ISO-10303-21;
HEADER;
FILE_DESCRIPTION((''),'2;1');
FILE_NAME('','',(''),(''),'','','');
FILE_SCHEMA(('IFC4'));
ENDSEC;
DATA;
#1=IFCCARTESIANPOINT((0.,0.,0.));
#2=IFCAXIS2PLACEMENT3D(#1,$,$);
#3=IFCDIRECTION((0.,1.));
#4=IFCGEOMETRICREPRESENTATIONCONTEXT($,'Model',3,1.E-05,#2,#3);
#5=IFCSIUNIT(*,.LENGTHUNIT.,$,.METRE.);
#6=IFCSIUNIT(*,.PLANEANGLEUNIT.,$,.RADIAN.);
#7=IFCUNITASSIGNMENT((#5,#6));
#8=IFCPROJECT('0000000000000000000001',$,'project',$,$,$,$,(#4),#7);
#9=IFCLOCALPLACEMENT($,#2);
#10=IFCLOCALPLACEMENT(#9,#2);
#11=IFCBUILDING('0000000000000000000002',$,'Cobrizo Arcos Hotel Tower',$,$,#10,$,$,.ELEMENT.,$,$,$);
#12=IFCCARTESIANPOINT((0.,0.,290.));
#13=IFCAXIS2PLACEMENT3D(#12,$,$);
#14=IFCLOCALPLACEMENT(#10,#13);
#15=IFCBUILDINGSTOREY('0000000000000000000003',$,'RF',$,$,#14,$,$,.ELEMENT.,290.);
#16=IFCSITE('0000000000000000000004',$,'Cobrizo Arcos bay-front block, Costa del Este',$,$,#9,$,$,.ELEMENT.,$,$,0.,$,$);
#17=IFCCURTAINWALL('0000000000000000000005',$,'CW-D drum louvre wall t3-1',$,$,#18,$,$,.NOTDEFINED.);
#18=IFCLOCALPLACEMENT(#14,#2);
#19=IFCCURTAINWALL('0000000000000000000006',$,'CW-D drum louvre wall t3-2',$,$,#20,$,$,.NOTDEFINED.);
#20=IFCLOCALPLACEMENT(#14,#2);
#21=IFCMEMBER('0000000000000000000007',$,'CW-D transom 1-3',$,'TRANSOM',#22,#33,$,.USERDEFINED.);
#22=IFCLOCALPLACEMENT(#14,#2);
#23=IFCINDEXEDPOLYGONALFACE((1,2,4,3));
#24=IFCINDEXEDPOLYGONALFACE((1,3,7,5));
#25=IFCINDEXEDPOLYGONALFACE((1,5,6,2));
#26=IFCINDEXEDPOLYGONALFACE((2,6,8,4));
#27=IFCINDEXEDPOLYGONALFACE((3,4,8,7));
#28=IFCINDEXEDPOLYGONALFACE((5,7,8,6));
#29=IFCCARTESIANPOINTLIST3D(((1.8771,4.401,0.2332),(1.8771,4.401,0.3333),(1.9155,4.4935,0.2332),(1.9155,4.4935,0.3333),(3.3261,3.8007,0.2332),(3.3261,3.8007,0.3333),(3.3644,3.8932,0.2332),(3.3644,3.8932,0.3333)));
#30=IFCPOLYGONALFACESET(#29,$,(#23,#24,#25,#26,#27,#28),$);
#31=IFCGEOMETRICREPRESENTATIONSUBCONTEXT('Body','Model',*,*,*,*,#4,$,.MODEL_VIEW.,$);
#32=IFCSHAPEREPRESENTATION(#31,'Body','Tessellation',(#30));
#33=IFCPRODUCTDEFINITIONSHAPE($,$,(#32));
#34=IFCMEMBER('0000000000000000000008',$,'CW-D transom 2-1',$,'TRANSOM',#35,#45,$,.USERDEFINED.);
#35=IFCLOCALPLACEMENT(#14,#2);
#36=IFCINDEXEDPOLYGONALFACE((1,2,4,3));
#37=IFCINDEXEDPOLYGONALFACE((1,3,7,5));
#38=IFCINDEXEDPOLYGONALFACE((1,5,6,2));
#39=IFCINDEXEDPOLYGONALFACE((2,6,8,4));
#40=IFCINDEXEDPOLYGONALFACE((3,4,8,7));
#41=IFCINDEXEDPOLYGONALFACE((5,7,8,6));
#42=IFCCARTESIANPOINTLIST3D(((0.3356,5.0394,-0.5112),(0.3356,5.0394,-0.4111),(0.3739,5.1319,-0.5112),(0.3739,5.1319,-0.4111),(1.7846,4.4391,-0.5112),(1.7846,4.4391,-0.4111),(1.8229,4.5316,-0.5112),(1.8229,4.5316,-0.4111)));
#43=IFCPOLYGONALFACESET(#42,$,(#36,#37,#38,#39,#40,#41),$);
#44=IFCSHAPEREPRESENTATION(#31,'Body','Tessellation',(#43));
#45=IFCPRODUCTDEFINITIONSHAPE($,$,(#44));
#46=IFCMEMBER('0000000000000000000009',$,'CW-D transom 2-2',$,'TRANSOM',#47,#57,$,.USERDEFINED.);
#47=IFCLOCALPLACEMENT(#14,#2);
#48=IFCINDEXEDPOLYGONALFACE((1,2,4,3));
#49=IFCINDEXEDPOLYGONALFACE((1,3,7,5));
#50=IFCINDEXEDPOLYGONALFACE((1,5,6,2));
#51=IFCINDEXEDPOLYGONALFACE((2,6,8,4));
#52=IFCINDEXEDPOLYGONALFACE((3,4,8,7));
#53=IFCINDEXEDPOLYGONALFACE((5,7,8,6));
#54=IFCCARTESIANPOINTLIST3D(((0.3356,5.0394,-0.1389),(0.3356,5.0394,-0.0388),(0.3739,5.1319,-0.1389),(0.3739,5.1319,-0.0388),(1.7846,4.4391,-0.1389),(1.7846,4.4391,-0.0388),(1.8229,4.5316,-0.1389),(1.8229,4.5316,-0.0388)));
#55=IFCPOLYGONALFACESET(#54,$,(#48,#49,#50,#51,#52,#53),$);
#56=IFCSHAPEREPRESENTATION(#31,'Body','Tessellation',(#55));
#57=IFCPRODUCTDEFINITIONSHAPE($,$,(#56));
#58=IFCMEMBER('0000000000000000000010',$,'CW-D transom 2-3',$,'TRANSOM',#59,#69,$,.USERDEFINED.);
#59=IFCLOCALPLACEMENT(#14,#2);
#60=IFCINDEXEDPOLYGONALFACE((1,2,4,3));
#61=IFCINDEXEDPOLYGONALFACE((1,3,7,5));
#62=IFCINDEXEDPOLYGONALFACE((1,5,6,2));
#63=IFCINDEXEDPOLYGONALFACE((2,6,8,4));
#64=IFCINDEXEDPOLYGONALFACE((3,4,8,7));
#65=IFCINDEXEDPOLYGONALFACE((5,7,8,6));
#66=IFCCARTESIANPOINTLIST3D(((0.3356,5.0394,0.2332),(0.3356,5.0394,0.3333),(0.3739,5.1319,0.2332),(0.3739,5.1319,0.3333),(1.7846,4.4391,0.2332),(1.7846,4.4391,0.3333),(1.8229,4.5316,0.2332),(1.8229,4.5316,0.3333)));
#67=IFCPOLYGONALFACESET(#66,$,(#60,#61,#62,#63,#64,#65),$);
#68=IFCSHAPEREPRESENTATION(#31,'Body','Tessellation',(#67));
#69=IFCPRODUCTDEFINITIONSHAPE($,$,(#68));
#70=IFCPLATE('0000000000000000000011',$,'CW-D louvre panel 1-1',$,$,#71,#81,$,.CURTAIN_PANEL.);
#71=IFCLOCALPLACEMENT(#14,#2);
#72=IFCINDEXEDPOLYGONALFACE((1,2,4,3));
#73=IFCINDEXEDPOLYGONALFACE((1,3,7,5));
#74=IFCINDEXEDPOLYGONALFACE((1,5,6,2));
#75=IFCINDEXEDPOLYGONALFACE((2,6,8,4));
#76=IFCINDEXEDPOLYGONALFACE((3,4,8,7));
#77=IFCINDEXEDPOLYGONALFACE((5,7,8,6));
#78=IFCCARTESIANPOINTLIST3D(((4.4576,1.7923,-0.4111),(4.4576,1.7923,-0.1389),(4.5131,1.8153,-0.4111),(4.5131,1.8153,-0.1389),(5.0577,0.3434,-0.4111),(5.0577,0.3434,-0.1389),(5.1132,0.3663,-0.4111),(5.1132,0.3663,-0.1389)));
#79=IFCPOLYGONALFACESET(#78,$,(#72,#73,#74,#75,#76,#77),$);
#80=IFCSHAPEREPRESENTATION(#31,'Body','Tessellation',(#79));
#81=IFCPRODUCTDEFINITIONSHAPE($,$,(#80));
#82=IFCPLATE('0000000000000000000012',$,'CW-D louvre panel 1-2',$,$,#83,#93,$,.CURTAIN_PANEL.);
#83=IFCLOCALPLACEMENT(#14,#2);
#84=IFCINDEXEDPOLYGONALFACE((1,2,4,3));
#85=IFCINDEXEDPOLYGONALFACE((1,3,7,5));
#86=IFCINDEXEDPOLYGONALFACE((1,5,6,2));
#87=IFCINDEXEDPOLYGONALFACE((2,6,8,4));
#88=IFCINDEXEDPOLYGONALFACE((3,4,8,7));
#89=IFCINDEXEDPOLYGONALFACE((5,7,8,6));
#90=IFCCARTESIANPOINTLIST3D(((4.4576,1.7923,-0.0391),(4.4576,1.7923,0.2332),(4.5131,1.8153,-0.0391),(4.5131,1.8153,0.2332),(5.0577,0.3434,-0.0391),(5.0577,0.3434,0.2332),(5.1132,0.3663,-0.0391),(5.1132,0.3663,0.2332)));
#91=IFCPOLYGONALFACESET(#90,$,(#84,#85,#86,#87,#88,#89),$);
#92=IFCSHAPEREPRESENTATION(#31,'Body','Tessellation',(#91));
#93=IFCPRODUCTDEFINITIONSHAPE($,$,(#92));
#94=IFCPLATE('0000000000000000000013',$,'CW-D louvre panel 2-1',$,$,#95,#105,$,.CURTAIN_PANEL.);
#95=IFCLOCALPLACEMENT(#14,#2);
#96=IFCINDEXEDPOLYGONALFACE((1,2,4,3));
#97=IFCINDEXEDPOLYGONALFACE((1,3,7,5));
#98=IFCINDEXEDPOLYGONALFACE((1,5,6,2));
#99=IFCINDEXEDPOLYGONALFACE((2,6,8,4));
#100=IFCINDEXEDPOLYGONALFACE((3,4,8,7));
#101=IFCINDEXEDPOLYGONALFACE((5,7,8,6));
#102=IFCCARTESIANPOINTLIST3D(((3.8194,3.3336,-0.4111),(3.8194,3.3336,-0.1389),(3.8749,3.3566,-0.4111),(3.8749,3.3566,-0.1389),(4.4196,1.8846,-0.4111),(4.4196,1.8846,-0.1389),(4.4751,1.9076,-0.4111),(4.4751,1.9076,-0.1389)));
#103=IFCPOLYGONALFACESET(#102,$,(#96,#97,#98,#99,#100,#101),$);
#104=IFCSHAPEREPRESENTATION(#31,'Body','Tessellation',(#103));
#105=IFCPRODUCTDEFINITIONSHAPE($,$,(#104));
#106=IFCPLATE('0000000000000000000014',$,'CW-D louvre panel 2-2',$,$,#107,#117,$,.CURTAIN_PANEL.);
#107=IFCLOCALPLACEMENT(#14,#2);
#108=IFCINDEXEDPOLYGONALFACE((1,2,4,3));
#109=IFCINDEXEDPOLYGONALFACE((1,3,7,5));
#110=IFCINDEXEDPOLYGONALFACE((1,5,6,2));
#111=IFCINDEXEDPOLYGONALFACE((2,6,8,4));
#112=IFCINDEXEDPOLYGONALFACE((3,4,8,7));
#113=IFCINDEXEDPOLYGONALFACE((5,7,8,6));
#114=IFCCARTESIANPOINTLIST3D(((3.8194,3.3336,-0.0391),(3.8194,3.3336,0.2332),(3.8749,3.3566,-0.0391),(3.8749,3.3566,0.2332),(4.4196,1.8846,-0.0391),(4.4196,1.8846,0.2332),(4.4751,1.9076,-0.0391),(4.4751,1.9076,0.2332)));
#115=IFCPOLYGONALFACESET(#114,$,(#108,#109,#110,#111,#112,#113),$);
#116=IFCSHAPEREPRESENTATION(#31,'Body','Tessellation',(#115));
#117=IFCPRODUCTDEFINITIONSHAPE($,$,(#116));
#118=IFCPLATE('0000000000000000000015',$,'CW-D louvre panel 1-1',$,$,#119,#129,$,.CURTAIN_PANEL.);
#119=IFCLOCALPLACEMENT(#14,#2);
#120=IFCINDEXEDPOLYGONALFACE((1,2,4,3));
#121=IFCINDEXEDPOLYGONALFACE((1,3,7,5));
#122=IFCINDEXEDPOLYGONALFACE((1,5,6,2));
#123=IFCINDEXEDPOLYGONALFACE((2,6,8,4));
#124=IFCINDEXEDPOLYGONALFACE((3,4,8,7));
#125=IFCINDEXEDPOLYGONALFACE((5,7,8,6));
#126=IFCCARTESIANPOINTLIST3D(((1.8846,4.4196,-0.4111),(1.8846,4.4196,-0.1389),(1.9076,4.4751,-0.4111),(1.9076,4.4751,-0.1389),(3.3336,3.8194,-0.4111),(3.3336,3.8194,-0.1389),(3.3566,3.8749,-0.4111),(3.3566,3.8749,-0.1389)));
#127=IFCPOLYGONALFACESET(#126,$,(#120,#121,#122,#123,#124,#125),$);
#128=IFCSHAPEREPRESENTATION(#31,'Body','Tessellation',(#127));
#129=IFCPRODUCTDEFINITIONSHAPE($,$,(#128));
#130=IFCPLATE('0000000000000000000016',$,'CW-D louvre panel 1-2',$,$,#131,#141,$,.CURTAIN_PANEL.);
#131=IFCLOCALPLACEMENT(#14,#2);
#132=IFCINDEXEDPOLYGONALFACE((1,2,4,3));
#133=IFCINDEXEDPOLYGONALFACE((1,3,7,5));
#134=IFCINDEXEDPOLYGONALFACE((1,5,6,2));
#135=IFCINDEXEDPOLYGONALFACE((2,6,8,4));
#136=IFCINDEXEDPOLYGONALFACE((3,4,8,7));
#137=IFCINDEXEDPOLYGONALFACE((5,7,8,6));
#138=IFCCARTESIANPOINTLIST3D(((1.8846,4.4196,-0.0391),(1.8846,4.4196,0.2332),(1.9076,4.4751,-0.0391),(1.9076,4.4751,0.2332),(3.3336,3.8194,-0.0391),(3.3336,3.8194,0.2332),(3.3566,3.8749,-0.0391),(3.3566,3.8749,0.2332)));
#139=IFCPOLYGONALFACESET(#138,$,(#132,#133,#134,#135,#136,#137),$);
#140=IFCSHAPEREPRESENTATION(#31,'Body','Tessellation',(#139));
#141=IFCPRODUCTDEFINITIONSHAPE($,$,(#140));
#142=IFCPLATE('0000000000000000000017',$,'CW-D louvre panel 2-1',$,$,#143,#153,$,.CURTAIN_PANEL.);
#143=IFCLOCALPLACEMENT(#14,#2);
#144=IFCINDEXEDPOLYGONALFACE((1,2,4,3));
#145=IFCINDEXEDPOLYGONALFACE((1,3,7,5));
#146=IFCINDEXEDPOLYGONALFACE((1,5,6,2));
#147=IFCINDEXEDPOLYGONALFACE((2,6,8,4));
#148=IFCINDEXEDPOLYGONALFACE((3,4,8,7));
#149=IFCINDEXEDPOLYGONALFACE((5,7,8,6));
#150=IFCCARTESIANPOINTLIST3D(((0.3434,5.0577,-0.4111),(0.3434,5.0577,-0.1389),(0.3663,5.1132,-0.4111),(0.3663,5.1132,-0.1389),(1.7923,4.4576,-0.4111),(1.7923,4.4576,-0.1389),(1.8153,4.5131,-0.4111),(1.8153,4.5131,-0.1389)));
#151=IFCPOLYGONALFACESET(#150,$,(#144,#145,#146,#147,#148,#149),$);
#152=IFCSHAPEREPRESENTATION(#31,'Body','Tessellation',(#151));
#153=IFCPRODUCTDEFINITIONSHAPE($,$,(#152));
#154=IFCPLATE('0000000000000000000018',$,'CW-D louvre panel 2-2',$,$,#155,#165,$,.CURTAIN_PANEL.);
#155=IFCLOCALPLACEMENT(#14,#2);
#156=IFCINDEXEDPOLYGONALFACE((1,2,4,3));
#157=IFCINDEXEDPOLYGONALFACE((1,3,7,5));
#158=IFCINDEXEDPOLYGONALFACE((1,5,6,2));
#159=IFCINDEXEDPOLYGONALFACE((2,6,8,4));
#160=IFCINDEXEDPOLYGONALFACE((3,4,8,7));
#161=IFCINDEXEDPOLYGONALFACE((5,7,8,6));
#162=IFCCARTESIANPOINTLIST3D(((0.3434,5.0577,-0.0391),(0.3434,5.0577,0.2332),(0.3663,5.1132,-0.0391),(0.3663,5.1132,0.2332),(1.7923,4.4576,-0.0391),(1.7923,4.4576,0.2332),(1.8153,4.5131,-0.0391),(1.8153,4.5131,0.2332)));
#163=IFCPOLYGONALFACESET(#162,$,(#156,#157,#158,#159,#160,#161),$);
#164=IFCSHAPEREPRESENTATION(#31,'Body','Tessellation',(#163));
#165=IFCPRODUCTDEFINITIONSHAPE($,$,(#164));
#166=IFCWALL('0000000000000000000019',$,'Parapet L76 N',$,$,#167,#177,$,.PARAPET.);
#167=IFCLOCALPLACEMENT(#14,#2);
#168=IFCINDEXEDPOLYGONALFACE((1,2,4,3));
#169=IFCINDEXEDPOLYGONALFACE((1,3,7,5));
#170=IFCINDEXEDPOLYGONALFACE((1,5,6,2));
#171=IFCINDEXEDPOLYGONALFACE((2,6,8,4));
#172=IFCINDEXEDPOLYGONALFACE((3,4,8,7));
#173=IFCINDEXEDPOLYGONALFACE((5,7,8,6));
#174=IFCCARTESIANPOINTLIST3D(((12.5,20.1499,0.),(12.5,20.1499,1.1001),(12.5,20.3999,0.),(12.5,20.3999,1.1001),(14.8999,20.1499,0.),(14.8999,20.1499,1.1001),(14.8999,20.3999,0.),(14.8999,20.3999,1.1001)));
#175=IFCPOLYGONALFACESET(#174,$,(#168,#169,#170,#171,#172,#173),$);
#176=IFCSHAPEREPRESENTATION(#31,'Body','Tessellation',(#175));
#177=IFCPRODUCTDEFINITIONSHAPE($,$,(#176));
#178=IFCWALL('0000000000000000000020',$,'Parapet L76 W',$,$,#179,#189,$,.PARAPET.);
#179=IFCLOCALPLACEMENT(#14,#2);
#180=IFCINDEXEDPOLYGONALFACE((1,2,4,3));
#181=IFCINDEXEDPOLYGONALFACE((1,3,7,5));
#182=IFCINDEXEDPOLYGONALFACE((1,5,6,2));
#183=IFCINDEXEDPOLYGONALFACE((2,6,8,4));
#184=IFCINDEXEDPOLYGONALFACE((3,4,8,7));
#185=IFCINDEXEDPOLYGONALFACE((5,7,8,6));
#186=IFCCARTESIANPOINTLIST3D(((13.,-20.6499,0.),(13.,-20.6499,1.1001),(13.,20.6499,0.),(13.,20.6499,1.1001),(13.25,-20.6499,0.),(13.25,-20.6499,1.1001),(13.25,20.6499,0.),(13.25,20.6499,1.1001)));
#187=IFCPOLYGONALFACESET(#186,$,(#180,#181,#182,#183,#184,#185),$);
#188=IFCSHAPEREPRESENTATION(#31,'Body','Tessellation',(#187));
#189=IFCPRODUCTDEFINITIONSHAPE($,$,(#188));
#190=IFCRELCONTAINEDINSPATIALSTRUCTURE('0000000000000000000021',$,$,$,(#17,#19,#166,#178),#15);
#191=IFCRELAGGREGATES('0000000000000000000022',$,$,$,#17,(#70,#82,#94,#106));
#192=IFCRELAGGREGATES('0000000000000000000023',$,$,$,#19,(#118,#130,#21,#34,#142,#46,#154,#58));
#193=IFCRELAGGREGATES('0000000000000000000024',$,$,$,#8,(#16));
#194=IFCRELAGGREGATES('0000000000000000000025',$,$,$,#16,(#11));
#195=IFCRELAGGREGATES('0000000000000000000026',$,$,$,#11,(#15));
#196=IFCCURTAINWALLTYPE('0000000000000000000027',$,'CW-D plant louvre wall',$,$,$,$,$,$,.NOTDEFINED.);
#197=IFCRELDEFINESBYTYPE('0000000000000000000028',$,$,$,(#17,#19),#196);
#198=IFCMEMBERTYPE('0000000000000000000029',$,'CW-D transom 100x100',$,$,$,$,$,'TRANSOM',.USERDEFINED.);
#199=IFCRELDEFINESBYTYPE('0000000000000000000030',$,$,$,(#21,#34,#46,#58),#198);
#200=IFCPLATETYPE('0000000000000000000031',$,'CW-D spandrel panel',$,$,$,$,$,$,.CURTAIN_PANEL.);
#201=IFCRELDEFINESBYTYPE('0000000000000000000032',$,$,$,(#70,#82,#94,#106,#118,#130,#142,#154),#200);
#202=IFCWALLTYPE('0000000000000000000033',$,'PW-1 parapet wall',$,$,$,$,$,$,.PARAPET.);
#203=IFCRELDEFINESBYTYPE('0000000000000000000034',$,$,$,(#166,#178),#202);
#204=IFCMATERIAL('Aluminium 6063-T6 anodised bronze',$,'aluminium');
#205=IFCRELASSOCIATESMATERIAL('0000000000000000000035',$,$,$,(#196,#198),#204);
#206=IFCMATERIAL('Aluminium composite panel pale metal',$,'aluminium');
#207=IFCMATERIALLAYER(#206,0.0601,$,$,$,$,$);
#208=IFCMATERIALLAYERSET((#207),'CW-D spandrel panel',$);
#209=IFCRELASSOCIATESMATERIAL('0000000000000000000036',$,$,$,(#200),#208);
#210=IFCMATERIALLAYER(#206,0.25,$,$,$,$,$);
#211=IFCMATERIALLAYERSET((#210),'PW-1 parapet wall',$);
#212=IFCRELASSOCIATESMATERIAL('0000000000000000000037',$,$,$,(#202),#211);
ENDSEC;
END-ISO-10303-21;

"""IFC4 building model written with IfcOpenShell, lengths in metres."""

from ifc_helpers import new_model, si_unit, direction, frame, frame_2d, origin, origin_2d, place, context, subcontext, project, spatial, rectangle, extrude, material, layer, layer_set, material_profile, profile_set, type_object, element, aggregate, save


model = new_model("IFC4")

# Units and contexts
model_context = context("Model", 3, precision=1e-05, world=origin(), true_north=direction((0.0, 1.0)))
body_context = subcontext(model_context, "Body", "Model", "MODEL_VIEW")
ifc_project = project(units=[si_unit("LENGTHUNIT", "METRE"), si_unit("PLANEANGLEUNIT", "RADIAN")], contexts=[model_context])

# Site, building, storey
site_placement = place(None, origin())
site = spatial("IfcSite", under=ifc_project, at=site_placement, Name="Cobrizo Arcos bay-front block, Costa del Este", CompositionType="ELEMENT", RefElevation=0.0)
building_placement = place(site_placement, origin())
building = spatial("IfcBuilding", under=site, at=building_placement, Name="Cobrizo Arcos Hotel Tower", CompositionType="ELEMENT")
storey_placement = place(building_placement, frame((0.0, 0.0, 290.0)))
storey = spatial("IfcBuildingStorey", under=building, at=storey_placement, Name="RF", CompositionType="ELEMENT", Elevation=290.0)

# Curtain walls, members
ifc_material_1 = material(Name="Aluminium 6063-T6 anodised bronze", Category="aluminium")
curtain_wall_type = type_object("IfcCurtainWallType", Name="CW-D plant louvre wall", PredefinedType="NOTDEFINED", material=ifc_material_1)
curtain_wall_1_placement = place(storey_placement, origin())
curtain_wall_1 = element("IfcCurtainWall", 1, at=curtain_wall_1_placement, inside=storey, type_object=curtain_wall_type, Name="CW-D drum louvre wall t3-1", PredefinedType="NOTDEFINED")
ifc_material_profile_1 = material_profile(ifc_material_1, rectangle(XDim=0.1001, YDim=0.1001, at=origin_2d()), Name="CW-D transom 100x100")
ifc_profile_set_1 = profile_set([ifc_material_profile_1], Name="Aluminium 6063-T6 anodised bronze")
member_type = type_object("IfcMemberType", Name="CW-D transom 100x100", ElementType="TRANSOM", PredefinedType="USERDEFINED", material=ifc_profile_set_1)
curtain_wall_2_placement = place(storey_placement, origin())
curtain_wall_2 = element("IfcCurtainWall", 2, at=curtain_wall_2_placement, inside=storey, type_object=curtain_wall_type, Name="CW-D drum louvre wall t3-2", PredefinedType="NOTDEFINED")
member_1_placement = place(storey_placement, frame((3.3452, 3.8469, 0.2832), z_axis=(-0.923844, 0.382769, 0.0), x_axis=(-0.382769, -0.923844, 0.0)))
member_1 = element("IfcMember", 3, at=member_1_placement, type_object=member_type, Name="CW-D transom 1-3", ObjectType="TRANSOM", PredefinedType="USERDEFINED", context=body_context, shape_type="SweptSolid", body=[
    extrude(rectangle(XDim=0.1001, YDim=0.1001, at=origin_2d()), origin(), (0.0, 0.0, 1.0), 1.5684),
])
member_2_placement = place(storey_placement, frame((1.8037, 4.4854, -0.4612), z_axis=(-0.923844, 0.382769, 0.0), x_axis=(-0.382769, -0.923844, 0.0)))
member_2 = element("IfcMember", 4, at=member_2_placement, type_object=member_type, Name="CW-D transom 2-1", ObjectType="TRANSOM", PredefinedType="USERDEFINED", context=body_context, shape_type="SweptSolid", body=[
    extrude(rectangle(XDim=0.1001, YDim=0.1001, at=origin_2d()), origin(), (0.0, 0.0, 1.0), 1.5684),
])
member_3_placement = place(storey_placement, frame((1.8037, 4.4854, -0.0889), z_axis=(-0.923844, 0.382769, 0.0), x_axis=(-0.382769, -0.923844, 0.0)))
member_3 = element("IfcMember", 5, at=member_3_placement, type_object=member_type, Name="CW-D transom 2-2", ObjectType="TRANSOM", PredefinedType="USERDEFINED", context=body_context, shape_type="SweptSolid", body=[
    extrude(rectangle(XDim=0.1001, YDim=0.1001, at=origin_2d()), origin(), (0.0, 0.0, 1.0), 1.5684),
])
member_4_placement = place(storey_placement, frame((1.8037, 4.4854, 0.2832), z_axis=(-0.923844, 0.382769, 0.0), x_axis=(-0.382769, -0.923844, 0.0)))
member_4 = element("IfcMember", 6, at=member_4_placement, type_object=member_type, Name="CW-D transom 2-3", ObjectType="TRANSOM", PredefinedType="USERDEFINED", context=body_context, shape_type="SweptSolid", body=[
    extrude(rectangle(XDim=0.1001, YDim=0.1001, at=origin_2d()), origin(), (0.0, 0.0, 1.0), 1.5684),
])

# Plates
ifc_material_2 = material(Name="Aluminium composite panel pale metal", Category="aluminium")
ifc_layer_1 = layer(ifc_material_2, 0.0601)
ifc_layer_set_1 = layer_set([ifc_layer_1], Name="CW-D spandrel panel")
plate_type = type_object("IfcPlateType", Name="CW-D spandrel panel", PredefinedType="CURTAIN_PANEL", material=ifc_layer_set_1)
plate_1_placement = place(storey_placement, frame((4.7854, 1.0793, -0.4111), z_axis=(0.0, 0.0, 1.0), x_axis=(-0.382683, 0.92388, 0.0)))
plate_1 = element("IfcPlate", 7, at=plate_1_placement, type_object=plate_type, Name="CW-D louvre panel 1-1", PredefinedType="CURTAIN_PANEL", context=body_context, shape_type="SweptSolid", body=[
    extrude(rectangle(XDim=1.5684, YDim=0.0601, at=origin_2d()), origin(), (0.0, 0.0, 1.0), 0.2722),
])
plate_2_placement = place(storey_placement, frame((4.7854, 1.0793, -0.0391), z_axis=(0.0, 0.0, 1.0), x_axis=(-0.382683, 0.92388, 0.0)))
plate_2 = element("IfcPlate", 8, at=plate_2_placement, type_object=plate_type, Name="CW-D louvre panel 1-2", PredefinedType="CURTAIN_PANEL", context=body_context, shape_type="SweptSolid", body=[
    extrude(rectangle(XDim=1.5684, YDim=0.0601, at=origin_2d()), origin(), (0.0, 0.0, 1.0), 0.2722),
])
plate_3_placement = place(storey_placement, frame((4.1472, 2.6206, -0.4111), z_axis=(0.0, 0.0, 1.0), x_axis=(-0.382683, 0.92388, 0.0)))
plate_3 = element("IfcPlate", 9, at=plate_3_placement, type_object=plate_type, Name="CW-D louvre panel 2-1", PredefinedType="CURTAIN_PANEL", context=body_context, shape_type="SweptSolid", body=[
    extrude(rectangle(XDim=1.5684, YDim=0.0601, at=origin_2d()), origin(), (0.0, 0.0, 1.0), 0.2722),
])
plate_4_placement = place(storey_placement, frame((4.1472, 2.6206, -0.0391), z_axis=(0.0, 0.0, 1.0), x_axis=(-0.382683, 0.92388, 0.0)))
plate_4 = element("IfcPlate", 10, at=plate_4_placement, type_object=plate_type, Name="CW-D louvre panel 2-2", PredefinedType="CURTAIN_PANEL", context=body_context, shape_type="SweptSolid", body=[
    extrude(rectangle(XDim=1.5684, YDim=0.0601, at=origin_2d()), origin(), (0.0, 0.0, 1.0), 0.2722),
])
aggregate(curtain_wall_1, [plate_1, plate_2, plate_3, plate_4])
plate_5_placement = place(storey_placement, frame((2.6206, 4.1472, -0.4111), z_axis=(0.0, 0.0, 1.0), x_axis=(-0.92388, 0.382683, 0.0)))
plate_5 = element("IfcPlate", 11, at=plate_5_placement, type_object=plate_type, Name="CW-D louvre panel 1-1", PredefinedType="CURTAIN_PANEL", context=body_context, shape_type="SweptSolid", body=[
    extrude(rectangle(XDim=1.5684, YDim=0.0601, at=origin_2d()), origin(), (0.0, 0.0, 1.0), 0.2722),
])
plate_6_placement = place(storey_placement, frame((2.6206, 4.1472, -0.0391), z_axis=(0.0, 0.0, 1.0), x_axis=(-0.92388, 0.382683, 0.0)))
plate_6 = element("IfcPlate", 12, at=plate_6_placement, type_object=plate_type, Name="CW-D louvre panel 1-2", PredefinedType="CURTAIN_PANEL", context=body_context, shape_type="SweptSolid", body=[
    extrude(rectangle(XDim=1.5684, YDim=0.0601, at=origin_2d()), origin(), (0.0, 0.0, 1.0), 0.2722),
])
plate_7_placement = place(storey_placement, frame((1.0793, 4.7854, -0.4111), z_axis=(0.0, 0.0, 1.0), x_axis=(-0.92388, 0.382683, 0.0)))
plate_7 = element("IfcPlate", 13, at=plate_7_placement, type_object=plate_type, Name="CW-D louvre panel 2-1", PredefinedType="CURTAIN_PANEL", context=body_context, shape_type="SweptSolid", body=[
    extrude(rectangle(XDim=1.5684, YDim=0.0601, at=origin_2d()), origin(), (0.0, 0.0, 1.0), 0.2722),
])
plate_8_placement = place(storey_placement, frame((1.0793, 4.7854, -0.0391), z_axis=(0.0, 0.0, 1.0), x_axis=(-0.92388, 0.382683, 0.0)))
plate_8 = element("IfcPlate", 14, at=plate_8_placement, type_object=plate_type, Name="CW-D louvre panel 2-2", PredefinedType="CURTAIN_PANEL", context=body_context, shape_type="SweptSolid", body=[
    extrude(rectangle(XDim=1.5684, YDim=0.0601, at=origin_2d()), origin(), (0.0, 0.0, 1.0), 0.2722),
])
aggregate(curtain_wall_2, [plate_5, plate_6, member_1, member_2, plate_7, member_3, plate_8, member_4])

# Walls
ifc_layer_2 = layer(ifc_material_2, 0.25)
ifc_layer_set_2 = layer_set([ifc_layer_2], Name="PW-1 parapet wall")
wall_type_1 = type_object("IfcWallType", Name="PW-1 parapet wall", PredefinedType="PARAPET", material=ifc_layer_set_2)
wall_1_placement = place(storey_placement, frame((14.8999, 20.2749, 0.0), z_axis=(0.0, 0.0, 1.0), x_axis=(-1.0, 0.0, 0.0)))
element("IfcWall", 15, at=wall_1_placement, inside=storey, type_object=wall_type_1, Name="Parapet L76 N", PredefinedType="PARAPET", context=body_context, shape_type="SweptSolid", body=[
    extrude(rectangle(XDim=2.3999, YDim=0.25, at=frame_2d((1.2, 0.0))), origin(), (0.0, 0.0, 1.0), 1.1001),
])
wall_2_placement = place(storey_placement, frame((13.125, 20.6499, 0.0), z_axis=(0.0, 0.0, 1.0), x_axis=(0.0, -1.0, 0.0)))
element("IfcWall", 16, at=wall_2_placement, inside=storey, type_object=wall_type_1, Name="Parapet L76 W", PredefinedType="PARAPET", context=body_context, shape_type="SweptSolid", body=[
    extrude(rectangle(XDim=41.2998, YDim=0.25, at=frame_2d((20.6499, 0.0))), origin(), (0.0, 0.0, 1.0), 1.1001),
])

save(model, "model.ifc")
